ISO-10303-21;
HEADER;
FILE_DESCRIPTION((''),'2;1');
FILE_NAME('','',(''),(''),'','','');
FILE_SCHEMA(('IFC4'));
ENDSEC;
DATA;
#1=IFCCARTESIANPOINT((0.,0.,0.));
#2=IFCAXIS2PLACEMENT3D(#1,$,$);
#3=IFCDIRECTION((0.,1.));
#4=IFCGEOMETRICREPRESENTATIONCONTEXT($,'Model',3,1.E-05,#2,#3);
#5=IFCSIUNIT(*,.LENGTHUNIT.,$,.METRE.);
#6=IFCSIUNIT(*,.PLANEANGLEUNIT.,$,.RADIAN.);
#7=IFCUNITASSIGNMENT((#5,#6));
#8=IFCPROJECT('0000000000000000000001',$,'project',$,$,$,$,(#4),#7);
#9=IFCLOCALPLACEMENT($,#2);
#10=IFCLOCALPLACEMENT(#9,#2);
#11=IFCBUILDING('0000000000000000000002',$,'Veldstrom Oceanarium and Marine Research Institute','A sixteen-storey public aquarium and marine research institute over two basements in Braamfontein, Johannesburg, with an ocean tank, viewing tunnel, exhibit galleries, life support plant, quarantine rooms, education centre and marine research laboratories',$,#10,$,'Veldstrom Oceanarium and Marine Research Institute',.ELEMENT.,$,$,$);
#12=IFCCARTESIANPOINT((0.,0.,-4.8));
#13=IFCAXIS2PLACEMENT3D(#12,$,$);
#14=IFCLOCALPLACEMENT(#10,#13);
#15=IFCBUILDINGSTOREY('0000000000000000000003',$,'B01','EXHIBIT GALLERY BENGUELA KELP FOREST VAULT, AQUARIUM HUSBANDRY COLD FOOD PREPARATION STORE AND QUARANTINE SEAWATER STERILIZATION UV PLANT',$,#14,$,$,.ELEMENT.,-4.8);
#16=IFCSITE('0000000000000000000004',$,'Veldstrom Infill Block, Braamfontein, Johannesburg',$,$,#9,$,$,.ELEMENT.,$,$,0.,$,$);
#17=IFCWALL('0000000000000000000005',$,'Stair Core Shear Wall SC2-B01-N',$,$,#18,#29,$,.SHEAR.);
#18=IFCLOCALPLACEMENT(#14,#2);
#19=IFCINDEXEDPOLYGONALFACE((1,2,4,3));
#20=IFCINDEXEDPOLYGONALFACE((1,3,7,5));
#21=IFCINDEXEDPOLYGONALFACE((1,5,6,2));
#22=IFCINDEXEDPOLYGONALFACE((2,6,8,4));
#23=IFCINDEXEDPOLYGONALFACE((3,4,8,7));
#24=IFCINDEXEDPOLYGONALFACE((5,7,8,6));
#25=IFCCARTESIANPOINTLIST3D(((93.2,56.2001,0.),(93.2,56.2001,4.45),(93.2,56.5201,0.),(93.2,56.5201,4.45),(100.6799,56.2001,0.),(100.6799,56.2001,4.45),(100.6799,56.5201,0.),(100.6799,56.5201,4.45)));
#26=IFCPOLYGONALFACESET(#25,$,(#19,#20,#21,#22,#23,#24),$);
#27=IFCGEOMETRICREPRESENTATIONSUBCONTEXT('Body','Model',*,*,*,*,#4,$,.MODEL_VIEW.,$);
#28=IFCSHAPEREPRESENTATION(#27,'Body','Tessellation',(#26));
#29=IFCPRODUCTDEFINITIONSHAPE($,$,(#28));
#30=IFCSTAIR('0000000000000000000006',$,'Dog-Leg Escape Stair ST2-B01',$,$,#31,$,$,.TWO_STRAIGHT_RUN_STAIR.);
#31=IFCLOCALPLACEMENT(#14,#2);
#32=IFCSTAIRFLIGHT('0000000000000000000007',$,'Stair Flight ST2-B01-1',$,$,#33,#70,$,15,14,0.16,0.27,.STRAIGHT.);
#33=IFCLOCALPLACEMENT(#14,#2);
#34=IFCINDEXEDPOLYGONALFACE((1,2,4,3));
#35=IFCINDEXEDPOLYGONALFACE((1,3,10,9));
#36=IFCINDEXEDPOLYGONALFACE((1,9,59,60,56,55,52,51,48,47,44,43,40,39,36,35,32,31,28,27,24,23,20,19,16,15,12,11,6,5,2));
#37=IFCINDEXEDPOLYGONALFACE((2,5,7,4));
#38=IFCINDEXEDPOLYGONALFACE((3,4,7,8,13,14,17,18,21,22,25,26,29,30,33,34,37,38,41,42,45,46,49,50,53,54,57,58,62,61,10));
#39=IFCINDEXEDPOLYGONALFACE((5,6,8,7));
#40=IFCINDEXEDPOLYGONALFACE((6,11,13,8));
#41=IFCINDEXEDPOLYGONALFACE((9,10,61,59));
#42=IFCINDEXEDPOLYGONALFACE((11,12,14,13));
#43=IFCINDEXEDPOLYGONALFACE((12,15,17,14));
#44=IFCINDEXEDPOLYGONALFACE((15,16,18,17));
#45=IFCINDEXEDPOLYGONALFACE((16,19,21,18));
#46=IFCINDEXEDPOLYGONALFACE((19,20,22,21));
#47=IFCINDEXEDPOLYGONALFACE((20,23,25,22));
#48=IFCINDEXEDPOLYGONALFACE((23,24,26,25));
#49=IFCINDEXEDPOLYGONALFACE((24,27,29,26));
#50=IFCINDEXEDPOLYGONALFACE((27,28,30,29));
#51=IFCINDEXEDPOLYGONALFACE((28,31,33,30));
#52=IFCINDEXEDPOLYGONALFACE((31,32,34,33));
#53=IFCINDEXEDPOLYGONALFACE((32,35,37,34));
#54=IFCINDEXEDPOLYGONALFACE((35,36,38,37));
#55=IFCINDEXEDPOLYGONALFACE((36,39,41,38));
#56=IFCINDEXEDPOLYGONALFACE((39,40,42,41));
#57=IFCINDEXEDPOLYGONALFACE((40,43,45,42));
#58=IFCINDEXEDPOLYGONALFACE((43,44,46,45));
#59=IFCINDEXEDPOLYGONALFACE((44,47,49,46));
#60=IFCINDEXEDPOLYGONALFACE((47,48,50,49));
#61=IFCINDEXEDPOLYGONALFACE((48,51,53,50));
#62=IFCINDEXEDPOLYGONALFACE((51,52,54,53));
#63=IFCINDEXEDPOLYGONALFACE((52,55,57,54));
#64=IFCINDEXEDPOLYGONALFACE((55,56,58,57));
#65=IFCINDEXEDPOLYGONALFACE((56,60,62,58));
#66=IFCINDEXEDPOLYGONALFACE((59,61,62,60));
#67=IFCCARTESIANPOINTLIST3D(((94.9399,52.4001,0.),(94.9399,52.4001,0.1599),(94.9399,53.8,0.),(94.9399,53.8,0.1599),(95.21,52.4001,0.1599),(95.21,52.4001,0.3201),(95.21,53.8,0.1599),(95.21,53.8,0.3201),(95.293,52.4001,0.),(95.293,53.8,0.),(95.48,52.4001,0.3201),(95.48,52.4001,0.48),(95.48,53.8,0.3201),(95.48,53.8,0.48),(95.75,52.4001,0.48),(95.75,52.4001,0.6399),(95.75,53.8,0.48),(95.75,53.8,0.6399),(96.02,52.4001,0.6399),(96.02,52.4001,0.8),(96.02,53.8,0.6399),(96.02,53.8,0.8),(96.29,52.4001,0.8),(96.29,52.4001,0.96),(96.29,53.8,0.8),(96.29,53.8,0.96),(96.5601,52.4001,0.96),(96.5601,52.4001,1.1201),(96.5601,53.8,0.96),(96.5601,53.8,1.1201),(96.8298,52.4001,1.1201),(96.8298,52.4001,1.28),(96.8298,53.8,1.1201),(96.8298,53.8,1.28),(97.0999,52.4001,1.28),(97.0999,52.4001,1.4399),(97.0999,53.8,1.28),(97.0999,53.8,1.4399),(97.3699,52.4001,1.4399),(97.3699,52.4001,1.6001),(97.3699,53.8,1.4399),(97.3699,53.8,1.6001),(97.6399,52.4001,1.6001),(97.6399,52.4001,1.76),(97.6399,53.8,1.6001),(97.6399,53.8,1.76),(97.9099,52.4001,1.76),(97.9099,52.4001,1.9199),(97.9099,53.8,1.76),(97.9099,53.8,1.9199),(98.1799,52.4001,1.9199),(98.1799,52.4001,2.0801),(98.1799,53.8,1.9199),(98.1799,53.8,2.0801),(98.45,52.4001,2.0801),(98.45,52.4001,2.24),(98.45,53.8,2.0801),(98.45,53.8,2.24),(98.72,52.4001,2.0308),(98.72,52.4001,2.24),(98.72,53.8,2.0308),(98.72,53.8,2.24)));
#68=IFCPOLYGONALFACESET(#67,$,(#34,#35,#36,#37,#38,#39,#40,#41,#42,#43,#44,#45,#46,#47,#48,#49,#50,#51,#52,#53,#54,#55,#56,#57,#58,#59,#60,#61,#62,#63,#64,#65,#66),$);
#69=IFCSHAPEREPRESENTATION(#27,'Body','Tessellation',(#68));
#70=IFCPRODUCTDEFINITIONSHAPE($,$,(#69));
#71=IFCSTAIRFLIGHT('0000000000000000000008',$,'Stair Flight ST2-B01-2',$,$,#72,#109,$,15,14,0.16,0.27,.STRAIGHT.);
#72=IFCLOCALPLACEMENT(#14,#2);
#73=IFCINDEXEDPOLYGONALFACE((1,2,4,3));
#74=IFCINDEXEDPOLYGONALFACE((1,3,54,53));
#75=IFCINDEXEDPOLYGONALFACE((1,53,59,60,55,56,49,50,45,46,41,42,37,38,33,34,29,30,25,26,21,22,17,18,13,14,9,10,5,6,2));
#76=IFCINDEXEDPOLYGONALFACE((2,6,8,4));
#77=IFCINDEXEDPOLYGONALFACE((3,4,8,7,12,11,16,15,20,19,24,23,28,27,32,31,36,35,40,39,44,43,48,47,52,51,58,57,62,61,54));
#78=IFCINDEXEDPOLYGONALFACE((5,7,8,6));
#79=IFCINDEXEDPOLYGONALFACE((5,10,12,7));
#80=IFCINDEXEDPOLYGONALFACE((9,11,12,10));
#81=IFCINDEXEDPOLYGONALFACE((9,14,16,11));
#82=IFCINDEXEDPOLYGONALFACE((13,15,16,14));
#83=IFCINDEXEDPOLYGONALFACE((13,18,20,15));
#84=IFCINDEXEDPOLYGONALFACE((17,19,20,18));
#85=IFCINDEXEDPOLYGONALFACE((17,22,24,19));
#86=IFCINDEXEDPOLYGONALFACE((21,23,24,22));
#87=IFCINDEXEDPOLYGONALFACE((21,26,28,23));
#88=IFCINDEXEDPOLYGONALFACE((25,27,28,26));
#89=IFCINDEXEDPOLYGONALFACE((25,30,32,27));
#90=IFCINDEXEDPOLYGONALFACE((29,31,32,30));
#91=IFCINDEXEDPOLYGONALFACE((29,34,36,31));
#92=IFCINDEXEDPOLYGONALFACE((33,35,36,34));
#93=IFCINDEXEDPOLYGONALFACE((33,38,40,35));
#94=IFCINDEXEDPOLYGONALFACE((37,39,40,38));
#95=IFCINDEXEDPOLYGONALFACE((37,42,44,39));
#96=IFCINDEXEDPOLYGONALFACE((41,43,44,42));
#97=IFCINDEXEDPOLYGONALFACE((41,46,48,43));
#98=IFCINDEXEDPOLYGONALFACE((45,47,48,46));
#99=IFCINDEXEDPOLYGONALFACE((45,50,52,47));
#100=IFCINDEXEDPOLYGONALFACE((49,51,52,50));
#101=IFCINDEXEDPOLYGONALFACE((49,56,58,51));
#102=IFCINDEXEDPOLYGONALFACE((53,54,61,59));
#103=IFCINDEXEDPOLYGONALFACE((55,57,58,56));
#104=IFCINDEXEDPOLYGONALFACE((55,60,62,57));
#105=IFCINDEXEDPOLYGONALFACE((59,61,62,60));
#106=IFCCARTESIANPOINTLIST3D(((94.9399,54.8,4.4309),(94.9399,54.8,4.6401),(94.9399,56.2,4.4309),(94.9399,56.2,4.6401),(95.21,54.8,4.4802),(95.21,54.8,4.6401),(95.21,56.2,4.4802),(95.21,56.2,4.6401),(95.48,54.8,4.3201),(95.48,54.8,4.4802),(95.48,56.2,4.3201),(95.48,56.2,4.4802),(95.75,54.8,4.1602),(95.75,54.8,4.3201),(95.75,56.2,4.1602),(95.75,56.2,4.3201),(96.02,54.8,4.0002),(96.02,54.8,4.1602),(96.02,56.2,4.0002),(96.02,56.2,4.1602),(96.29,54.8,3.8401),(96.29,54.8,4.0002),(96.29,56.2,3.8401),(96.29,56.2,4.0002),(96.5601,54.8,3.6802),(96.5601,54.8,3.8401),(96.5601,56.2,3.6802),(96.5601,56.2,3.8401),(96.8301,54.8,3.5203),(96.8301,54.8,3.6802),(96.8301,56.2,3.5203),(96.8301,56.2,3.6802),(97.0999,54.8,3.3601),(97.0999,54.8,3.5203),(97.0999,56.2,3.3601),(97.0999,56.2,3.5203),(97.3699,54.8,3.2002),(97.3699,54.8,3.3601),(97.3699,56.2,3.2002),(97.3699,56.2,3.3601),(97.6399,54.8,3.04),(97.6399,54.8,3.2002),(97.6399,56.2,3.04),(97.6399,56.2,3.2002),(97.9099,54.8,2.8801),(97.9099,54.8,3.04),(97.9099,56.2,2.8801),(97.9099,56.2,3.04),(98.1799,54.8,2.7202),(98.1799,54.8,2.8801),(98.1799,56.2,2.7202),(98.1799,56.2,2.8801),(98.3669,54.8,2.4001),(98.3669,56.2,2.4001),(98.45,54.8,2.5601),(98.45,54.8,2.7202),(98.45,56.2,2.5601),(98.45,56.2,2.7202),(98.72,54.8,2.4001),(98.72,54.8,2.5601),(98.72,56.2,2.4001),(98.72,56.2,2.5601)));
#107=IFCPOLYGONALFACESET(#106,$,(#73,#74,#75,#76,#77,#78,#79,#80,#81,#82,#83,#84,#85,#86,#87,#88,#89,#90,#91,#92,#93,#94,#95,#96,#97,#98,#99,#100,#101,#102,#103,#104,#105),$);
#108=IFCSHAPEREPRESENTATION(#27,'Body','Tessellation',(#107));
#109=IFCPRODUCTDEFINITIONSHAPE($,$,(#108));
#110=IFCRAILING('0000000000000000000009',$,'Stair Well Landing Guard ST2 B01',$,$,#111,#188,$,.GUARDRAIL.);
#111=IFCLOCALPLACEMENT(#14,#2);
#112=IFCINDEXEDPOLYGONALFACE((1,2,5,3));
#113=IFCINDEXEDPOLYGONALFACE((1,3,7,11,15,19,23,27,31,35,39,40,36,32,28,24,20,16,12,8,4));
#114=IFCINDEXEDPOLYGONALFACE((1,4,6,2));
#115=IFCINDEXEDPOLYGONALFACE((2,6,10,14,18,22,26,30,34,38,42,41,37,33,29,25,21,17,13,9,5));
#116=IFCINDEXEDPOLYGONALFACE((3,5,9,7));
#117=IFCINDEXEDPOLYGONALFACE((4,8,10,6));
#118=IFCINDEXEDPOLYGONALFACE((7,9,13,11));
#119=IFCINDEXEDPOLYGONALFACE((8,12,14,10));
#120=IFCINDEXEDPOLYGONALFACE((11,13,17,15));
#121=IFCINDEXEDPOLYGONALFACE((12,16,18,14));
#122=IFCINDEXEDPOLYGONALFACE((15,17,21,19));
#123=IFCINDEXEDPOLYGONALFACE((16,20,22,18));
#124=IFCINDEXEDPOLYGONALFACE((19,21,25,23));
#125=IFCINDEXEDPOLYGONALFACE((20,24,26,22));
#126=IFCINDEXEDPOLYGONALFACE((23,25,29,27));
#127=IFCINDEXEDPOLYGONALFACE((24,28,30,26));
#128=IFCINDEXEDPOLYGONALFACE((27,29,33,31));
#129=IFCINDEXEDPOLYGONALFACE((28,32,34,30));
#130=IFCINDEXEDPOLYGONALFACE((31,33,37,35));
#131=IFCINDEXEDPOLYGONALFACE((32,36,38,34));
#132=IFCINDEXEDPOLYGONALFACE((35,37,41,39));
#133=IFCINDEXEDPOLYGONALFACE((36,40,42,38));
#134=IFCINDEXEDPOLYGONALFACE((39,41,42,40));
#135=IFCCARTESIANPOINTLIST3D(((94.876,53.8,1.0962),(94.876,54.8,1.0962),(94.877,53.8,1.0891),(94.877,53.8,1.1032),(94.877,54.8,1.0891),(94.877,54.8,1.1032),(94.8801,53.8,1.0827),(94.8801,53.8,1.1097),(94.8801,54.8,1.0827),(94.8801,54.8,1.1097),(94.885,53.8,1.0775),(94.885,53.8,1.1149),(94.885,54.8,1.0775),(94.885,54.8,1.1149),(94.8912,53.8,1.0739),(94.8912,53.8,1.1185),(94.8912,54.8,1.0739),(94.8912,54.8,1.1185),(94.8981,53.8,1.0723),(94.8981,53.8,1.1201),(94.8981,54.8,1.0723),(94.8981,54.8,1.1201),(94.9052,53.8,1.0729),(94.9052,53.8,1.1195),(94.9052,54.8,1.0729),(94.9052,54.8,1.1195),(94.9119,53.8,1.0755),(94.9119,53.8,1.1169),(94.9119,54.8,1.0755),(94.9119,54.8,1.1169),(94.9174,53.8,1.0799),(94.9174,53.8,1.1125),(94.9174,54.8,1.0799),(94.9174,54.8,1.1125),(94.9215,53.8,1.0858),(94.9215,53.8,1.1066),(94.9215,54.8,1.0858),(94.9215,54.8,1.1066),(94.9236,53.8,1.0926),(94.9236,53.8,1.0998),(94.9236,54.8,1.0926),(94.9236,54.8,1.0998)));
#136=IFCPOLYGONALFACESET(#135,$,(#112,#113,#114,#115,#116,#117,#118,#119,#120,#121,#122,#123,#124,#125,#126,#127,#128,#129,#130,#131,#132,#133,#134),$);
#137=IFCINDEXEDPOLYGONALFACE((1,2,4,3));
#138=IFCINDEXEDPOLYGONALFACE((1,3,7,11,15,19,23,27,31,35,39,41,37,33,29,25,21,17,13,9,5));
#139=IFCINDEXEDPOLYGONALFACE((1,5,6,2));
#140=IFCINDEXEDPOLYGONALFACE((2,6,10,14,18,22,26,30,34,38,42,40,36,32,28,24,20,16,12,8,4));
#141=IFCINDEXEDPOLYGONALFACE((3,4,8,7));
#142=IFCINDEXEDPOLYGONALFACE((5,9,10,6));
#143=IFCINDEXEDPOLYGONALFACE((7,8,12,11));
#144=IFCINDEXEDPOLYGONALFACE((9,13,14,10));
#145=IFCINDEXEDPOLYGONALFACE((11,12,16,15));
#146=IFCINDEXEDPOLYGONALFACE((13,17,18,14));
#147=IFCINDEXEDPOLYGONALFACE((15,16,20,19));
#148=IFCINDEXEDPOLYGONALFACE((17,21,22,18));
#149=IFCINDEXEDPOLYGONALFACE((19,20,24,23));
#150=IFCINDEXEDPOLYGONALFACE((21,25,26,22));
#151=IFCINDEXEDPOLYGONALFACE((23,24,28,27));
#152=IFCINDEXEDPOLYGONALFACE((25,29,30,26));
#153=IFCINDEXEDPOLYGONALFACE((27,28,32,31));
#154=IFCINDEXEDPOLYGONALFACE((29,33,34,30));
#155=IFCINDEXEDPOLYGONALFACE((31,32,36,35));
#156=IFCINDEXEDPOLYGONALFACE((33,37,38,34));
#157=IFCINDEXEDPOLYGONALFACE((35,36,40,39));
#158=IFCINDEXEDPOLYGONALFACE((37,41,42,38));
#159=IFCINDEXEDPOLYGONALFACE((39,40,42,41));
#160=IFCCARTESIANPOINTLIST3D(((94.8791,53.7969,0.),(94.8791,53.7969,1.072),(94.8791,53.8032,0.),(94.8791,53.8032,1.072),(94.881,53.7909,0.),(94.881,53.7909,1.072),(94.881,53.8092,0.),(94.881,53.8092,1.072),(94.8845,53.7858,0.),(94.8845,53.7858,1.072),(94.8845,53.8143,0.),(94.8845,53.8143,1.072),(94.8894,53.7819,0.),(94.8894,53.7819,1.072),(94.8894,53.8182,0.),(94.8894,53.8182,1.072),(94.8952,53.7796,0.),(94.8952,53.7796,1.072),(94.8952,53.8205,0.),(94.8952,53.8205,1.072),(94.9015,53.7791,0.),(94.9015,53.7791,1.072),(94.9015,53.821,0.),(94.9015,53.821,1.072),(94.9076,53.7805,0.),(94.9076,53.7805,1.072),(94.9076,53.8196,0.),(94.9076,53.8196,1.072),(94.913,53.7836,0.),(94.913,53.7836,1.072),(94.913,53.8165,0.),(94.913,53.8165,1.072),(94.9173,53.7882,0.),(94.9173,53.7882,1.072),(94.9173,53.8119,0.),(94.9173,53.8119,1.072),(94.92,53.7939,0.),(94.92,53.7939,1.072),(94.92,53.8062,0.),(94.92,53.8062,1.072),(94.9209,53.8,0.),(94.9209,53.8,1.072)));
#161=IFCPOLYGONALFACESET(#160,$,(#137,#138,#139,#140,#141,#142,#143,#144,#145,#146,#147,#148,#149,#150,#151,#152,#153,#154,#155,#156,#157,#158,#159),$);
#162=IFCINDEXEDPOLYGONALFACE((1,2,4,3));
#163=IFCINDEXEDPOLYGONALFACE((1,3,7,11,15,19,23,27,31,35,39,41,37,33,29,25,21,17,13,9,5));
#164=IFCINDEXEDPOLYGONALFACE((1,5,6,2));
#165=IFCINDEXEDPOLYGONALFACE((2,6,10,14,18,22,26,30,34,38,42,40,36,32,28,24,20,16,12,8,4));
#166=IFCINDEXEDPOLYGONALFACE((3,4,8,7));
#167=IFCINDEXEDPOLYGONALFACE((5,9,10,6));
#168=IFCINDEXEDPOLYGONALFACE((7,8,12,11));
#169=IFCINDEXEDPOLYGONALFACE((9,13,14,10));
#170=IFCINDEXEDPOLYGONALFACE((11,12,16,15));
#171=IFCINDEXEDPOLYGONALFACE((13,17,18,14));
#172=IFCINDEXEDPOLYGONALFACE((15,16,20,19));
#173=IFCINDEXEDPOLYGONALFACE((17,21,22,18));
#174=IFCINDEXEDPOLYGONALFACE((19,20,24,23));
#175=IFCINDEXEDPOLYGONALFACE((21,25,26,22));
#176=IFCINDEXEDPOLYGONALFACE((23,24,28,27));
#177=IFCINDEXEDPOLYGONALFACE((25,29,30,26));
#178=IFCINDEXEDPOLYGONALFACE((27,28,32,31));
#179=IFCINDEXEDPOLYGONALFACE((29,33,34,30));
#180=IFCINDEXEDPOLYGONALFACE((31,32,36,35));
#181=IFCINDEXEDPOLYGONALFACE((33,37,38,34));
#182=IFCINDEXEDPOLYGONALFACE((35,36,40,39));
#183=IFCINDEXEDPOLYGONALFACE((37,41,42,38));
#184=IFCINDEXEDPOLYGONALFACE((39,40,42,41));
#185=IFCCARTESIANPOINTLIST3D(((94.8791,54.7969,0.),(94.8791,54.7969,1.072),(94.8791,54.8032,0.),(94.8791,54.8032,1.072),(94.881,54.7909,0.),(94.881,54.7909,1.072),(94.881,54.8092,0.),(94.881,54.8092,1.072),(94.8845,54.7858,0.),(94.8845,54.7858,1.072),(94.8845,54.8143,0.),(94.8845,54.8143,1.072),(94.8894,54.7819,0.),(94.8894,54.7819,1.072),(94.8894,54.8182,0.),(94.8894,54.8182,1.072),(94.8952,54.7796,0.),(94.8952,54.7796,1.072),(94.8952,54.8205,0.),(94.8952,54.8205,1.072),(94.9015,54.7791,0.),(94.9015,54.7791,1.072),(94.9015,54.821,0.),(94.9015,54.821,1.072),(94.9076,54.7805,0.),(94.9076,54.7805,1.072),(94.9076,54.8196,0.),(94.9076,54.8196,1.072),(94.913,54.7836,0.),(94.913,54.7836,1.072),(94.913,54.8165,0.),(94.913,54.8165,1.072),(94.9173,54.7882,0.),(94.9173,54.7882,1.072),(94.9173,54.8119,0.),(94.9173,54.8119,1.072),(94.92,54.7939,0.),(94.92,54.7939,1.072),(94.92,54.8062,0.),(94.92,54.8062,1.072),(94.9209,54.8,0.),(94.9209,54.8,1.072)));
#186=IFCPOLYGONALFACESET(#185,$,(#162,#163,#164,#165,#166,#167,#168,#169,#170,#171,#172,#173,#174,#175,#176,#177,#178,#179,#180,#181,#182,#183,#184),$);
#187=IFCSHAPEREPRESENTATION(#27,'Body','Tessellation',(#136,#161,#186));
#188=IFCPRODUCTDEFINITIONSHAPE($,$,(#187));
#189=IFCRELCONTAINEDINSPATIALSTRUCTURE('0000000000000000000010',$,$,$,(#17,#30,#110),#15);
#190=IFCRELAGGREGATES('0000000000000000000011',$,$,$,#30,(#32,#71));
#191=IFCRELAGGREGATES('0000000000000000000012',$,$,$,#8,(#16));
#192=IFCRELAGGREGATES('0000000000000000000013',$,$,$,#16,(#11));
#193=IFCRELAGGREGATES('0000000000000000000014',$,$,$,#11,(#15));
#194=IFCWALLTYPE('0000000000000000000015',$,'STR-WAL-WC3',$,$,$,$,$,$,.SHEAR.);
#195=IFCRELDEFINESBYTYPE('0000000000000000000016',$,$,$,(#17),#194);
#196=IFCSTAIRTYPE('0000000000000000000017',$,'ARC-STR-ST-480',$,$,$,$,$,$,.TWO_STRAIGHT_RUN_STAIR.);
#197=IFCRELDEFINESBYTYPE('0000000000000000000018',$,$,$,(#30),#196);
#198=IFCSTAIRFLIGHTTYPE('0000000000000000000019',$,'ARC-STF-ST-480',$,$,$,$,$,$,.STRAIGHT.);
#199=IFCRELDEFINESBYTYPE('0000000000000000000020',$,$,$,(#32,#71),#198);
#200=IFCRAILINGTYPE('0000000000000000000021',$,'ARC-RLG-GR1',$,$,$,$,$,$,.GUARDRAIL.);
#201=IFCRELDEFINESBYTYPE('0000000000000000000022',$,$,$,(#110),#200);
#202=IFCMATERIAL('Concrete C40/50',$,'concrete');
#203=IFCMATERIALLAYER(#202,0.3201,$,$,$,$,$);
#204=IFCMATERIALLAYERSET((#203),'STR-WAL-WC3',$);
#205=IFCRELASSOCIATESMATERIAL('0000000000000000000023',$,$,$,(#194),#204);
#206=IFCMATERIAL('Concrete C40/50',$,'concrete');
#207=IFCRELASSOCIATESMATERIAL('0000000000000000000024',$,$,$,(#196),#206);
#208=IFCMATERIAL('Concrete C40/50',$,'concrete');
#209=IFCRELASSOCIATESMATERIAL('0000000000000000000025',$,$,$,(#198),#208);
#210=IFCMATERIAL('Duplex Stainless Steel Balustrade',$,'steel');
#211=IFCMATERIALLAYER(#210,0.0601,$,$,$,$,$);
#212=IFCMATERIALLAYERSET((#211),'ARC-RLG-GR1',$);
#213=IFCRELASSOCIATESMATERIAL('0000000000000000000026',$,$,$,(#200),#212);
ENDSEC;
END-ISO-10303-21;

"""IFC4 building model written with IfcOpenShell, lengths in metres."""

from ifc_helpers import new_model, si_unit, direction, frame, frame_2d, origin, origin_2d, place, context, subcontext, project, spatial, polyline, rectangle, circle, outline, extrude, material, layer, layer_set, type_object, element, aggregate, save


model = new_model("IFC4")

# Units and contexts
model_context = context("Model", 3, precision=1e-05, world=origin(), true_north=direction((0.0, 1.0)))
body_context = subcontext(model_context, "Body", "Model", "MODEL_VIEW")
ifc_project = project(units=[si_unit("LENGTHUNIT", "METRE"), si_unit("PLANEANGLEUNIT", "RADIAN")], contexts=[model_context])

# Site, building, storey
site_placement = place(None, origin())
site = spatial("IfcSite", under=ifc_project, at=site_placement, Name="Veldstrom Infill Block, Braamfontein, Johannesburg", CompositionType="ELEMENT", RefElevation=0.0)
building_placement = place(site_placement, origin())
building = spatial("IfcBuilding", under=site, at=building_placement, Name="Veldstrom Oceanarium and Marine Research Institute", Description="A sixteen-storey public aquarium and marine research institute over two basements in Braamfontein, Johannesburg, with an ocean tank, viewing tunnel, exhibit galleries, life support plant, quarantine rooms, education centre and marine research laboratories", LongName="Veldstrom Oceanarium and Marine Research Institute", CompositionType="ELEMENT")
storey_placement = place(building_placement, frame((0.0, 0.0, -4.8)))
storey = spatial("IfcBuildingStorey", under=building, at=storey_placement, Name="B01", Description="EXHIBIT GALLERY BENGUELA KELP FOREST VAULT, AQUARIUM HUSBANDRY COLD FOOD PREPARATION STORE AND QUARANTINE SEAWATER STERILIZATION UV PLANT", CompositionType="ELEMENT", Elevation=-4.8)

# Wall
ifc_material_1 = material(Name="Concrete C40/50", Category="concrete")
ifc_layer_1 = layer(ifc_material_1, 0.3201)
ifc_layer_set_1 = layer_set([ifc_layer_1], Name="STR-WAL-WC3")
wall_type_1 = type_object("IfcWallType", Name="STR-WAL-WC3", PredefinedType="SHEAR", material=ifc_layer_set_1)
wall_1_placement = place(storey_placement, frame((93.2, 56.3601, 0.0), z_axis=(0.0, 0.0, 1.0), x_axis=(1.0, 0.0, 0.0)))
element("IfcWall", 1, at=wall_1_placement, inside=storey, type_object=wall_type_1, Name="Stair Core Shear Wall SC2-B01-N", PredefinedType="SHEAR", context=body_context, shape_type="SweptSolid", body=[
    extrude(rectangle(XDim=7.48, YDim=0.3201, at=frame_2d((3.74, 0.0))), origin(), (0.0, 0.0, 1.0), 4.45),
])

# Stair, stair flights
ifc_material_2 = material(Name="Concrete C40/50", Category="concrete")
stair_type = type_object("IfcStairType", Name="ARC-STR-ST-480", PredefinedType="TWO_STRAIGHT_RUN_STAIR", material=ifc_material_2)
stair_placement = place(storey_placement, origin())
stair = element("IfcStair", 2, at=stair_placement, inside=storey, type_object=stair_type, Name="Dog-Leg Escape Stair ST2-B01", PredefinedType="TWO_STRAIGHT_RUN_STAIR")
ifc_material_3 = material(Name="Concrete C40/50", Category="concrete")
stair_flight_type = type_object("IfcStairFlightType", Name="ARC-STF-ST-480", PredefinedType="STRAIGHT", material=ifc_material_3)
stair_flight_1_placement = place(storey_placement, frame((94.9399, 53.1001, 0.0), z_axis=(0.0, 0.0, 1.0), x_axis=(1.0, 0.0, 0.0)))
stair_flight_1 = element("IfcStairFlight", 3, at=stair_flight_1_placement, type_object=stair_flight_type, Name="Stair Flight ST2-B01-1", NumberOfRisers=15, NumberOfTreads=14, PredefinedType="STRAIGHT", RiserHeight=0.16, TreadLength=0.27, context=body_context, shape_type="SweptSolid", body=[
    extrude(outline(polyline([(0.0, 0.0), (0.0, 0.1599), (0.27, 0.1599), (0.27, 0.3201), (0.54, 0.3201), (0.54, 0.48), (0.8101, 0.48), (0.8101, 0.6399), (1.0801, 0.6399), (1.0801, 0.8), (1.3501, 0.8), (1.3501, 0.96), (1.6201, 0.96), (1.6201, 1.1201), (1.8899, 1.1201), (1.8899, 1.28), (2.1599, 1.28), (2.1599, 1.4399), (2.4299, 1.4399), (2.4299, 1.6001), (2.7, 1.6001), (2.7, 1.76), (2.97, 1.76), (2.97, 1.9199), (3.24, 1.9199), (3.24, 2.0801), (3.51, 2.0801), (3.51, 2.24), (3.78, 2.24), (3.78, 2.3999), (3.78, 2.0308), (0.353, 0.0), (0.0, 0.0)])), frame((0.0, 0.7, 0.0), z_axis=(0.0, -1.0, 0.0), x_axis=(1.0, 0.0, 0.0)), (0.0, 0.0, 1.0), 1.3999),
])
stair_flight_2_placement = place(storey_placement, frame((98.72, 55.5, 2.4001), z_axis=(0.0, 0.0, 1.0), x_axis=(-1.0, 0.0, 0.0)))
stair_flight_2 = element("IfcStairFlight", 4, at=stair_flight_2_placement, type_object=stair_flight_type, Name="Stair Flight ST2-B01-2", NumberOfRisers=15, NumberOfTreads=14, PredefinedType="STRAIGHT", RiserHeight=0.16, TreadLength=0.27, context=body_context, shape_type="SweptSolid", body=[
    extrude(outline(polyline([(0.0, 0.0), (0.0, 0.1599), (0.27, 0.1599), (0.27, 0.3201), (0.54, 0.3201), (0.54, 0.48), (0.8101, 0.48), (0.8101, 0.6399), (1.0801, 0.6399), (1.0801, 0.8), (1.3501, 0.8), (1.3501, 0.96), (1.6201, 0.96), (1.6201, 1.1201), (1.8899, 1.1201), (1.8899, 1.28), (2.1599, 1.28), (2.1599, 1.4399), (2.4299, 1.4399), (2.4299, 1.6001), (2.7, 1.6001), (2.7, 1.76), (2.97, 1.76), (2.97, 1.9199), (3.24, 1.9199), (3.24, 2.0801), (3.51, 2.0801), (3.51, 2.24), (3.78, 2.24), (3.78, 2.3999), (3.78, 2.0308), (0.353, 0.0), (0.0, 0.0)])), frame((0.0, 0.7, 0.0), z_axis=(0.0, -1.0, 0.0), x_axis=(1.0, 0.0, 0.0)), (0.0, 0.0, 1.0), 1.3999),
])
aggregate(stair, [stair_flight_1, stair_flight_2])

# Railing
ifc_material_4 = material(Name="Duplex Stainless Steel Balustrade", Category="steel")
ifc_layer_2 = layer(ifc_material_4, 0.0601)
ifc_layer_set_2 = layer_set([ifc_layer_2], Name="ARC-RLG-GR1")
railing_type_1 = type_object("IfcRailingType", Name="ARC-RLG-GR1", PredefinedType="GUARDRAIL", material=ifc_layer_set_2)
railing_1_placement = place(storey_placement, frame((94.8999, 53.8, 0.0)))
element("IfcRailing", 5, at=railing_1_placement, inside=storey, type_object=railing_type_1, Name="Stair Well Landing Guard ST2 B01", PredefinedType="GUARDRAIL", context=body_context, shape_type="SweptSolid", body=[
    extrude(circle(Radius=0.0239, at=origin_2d()), frame((0.0, 0.0, 1.0962), z_axis=(0.0, 1.0, 0.0), x_axis=(-1.0, 0.0, 0.0)), (0.0, 0.0, 1.0), 1.0),
    extrude(circle(Radius=0.021, at=origin_2d()), origin(), (0.0, 0.0, 1.0), 1.072),
    extrude(circle(Radius=0.021, at=origin_2d()), frame((0.0, 1.0, 0.0)), (0.0, 0.0, 1.0), 1.072),
])

save(model, "model.ifc")
